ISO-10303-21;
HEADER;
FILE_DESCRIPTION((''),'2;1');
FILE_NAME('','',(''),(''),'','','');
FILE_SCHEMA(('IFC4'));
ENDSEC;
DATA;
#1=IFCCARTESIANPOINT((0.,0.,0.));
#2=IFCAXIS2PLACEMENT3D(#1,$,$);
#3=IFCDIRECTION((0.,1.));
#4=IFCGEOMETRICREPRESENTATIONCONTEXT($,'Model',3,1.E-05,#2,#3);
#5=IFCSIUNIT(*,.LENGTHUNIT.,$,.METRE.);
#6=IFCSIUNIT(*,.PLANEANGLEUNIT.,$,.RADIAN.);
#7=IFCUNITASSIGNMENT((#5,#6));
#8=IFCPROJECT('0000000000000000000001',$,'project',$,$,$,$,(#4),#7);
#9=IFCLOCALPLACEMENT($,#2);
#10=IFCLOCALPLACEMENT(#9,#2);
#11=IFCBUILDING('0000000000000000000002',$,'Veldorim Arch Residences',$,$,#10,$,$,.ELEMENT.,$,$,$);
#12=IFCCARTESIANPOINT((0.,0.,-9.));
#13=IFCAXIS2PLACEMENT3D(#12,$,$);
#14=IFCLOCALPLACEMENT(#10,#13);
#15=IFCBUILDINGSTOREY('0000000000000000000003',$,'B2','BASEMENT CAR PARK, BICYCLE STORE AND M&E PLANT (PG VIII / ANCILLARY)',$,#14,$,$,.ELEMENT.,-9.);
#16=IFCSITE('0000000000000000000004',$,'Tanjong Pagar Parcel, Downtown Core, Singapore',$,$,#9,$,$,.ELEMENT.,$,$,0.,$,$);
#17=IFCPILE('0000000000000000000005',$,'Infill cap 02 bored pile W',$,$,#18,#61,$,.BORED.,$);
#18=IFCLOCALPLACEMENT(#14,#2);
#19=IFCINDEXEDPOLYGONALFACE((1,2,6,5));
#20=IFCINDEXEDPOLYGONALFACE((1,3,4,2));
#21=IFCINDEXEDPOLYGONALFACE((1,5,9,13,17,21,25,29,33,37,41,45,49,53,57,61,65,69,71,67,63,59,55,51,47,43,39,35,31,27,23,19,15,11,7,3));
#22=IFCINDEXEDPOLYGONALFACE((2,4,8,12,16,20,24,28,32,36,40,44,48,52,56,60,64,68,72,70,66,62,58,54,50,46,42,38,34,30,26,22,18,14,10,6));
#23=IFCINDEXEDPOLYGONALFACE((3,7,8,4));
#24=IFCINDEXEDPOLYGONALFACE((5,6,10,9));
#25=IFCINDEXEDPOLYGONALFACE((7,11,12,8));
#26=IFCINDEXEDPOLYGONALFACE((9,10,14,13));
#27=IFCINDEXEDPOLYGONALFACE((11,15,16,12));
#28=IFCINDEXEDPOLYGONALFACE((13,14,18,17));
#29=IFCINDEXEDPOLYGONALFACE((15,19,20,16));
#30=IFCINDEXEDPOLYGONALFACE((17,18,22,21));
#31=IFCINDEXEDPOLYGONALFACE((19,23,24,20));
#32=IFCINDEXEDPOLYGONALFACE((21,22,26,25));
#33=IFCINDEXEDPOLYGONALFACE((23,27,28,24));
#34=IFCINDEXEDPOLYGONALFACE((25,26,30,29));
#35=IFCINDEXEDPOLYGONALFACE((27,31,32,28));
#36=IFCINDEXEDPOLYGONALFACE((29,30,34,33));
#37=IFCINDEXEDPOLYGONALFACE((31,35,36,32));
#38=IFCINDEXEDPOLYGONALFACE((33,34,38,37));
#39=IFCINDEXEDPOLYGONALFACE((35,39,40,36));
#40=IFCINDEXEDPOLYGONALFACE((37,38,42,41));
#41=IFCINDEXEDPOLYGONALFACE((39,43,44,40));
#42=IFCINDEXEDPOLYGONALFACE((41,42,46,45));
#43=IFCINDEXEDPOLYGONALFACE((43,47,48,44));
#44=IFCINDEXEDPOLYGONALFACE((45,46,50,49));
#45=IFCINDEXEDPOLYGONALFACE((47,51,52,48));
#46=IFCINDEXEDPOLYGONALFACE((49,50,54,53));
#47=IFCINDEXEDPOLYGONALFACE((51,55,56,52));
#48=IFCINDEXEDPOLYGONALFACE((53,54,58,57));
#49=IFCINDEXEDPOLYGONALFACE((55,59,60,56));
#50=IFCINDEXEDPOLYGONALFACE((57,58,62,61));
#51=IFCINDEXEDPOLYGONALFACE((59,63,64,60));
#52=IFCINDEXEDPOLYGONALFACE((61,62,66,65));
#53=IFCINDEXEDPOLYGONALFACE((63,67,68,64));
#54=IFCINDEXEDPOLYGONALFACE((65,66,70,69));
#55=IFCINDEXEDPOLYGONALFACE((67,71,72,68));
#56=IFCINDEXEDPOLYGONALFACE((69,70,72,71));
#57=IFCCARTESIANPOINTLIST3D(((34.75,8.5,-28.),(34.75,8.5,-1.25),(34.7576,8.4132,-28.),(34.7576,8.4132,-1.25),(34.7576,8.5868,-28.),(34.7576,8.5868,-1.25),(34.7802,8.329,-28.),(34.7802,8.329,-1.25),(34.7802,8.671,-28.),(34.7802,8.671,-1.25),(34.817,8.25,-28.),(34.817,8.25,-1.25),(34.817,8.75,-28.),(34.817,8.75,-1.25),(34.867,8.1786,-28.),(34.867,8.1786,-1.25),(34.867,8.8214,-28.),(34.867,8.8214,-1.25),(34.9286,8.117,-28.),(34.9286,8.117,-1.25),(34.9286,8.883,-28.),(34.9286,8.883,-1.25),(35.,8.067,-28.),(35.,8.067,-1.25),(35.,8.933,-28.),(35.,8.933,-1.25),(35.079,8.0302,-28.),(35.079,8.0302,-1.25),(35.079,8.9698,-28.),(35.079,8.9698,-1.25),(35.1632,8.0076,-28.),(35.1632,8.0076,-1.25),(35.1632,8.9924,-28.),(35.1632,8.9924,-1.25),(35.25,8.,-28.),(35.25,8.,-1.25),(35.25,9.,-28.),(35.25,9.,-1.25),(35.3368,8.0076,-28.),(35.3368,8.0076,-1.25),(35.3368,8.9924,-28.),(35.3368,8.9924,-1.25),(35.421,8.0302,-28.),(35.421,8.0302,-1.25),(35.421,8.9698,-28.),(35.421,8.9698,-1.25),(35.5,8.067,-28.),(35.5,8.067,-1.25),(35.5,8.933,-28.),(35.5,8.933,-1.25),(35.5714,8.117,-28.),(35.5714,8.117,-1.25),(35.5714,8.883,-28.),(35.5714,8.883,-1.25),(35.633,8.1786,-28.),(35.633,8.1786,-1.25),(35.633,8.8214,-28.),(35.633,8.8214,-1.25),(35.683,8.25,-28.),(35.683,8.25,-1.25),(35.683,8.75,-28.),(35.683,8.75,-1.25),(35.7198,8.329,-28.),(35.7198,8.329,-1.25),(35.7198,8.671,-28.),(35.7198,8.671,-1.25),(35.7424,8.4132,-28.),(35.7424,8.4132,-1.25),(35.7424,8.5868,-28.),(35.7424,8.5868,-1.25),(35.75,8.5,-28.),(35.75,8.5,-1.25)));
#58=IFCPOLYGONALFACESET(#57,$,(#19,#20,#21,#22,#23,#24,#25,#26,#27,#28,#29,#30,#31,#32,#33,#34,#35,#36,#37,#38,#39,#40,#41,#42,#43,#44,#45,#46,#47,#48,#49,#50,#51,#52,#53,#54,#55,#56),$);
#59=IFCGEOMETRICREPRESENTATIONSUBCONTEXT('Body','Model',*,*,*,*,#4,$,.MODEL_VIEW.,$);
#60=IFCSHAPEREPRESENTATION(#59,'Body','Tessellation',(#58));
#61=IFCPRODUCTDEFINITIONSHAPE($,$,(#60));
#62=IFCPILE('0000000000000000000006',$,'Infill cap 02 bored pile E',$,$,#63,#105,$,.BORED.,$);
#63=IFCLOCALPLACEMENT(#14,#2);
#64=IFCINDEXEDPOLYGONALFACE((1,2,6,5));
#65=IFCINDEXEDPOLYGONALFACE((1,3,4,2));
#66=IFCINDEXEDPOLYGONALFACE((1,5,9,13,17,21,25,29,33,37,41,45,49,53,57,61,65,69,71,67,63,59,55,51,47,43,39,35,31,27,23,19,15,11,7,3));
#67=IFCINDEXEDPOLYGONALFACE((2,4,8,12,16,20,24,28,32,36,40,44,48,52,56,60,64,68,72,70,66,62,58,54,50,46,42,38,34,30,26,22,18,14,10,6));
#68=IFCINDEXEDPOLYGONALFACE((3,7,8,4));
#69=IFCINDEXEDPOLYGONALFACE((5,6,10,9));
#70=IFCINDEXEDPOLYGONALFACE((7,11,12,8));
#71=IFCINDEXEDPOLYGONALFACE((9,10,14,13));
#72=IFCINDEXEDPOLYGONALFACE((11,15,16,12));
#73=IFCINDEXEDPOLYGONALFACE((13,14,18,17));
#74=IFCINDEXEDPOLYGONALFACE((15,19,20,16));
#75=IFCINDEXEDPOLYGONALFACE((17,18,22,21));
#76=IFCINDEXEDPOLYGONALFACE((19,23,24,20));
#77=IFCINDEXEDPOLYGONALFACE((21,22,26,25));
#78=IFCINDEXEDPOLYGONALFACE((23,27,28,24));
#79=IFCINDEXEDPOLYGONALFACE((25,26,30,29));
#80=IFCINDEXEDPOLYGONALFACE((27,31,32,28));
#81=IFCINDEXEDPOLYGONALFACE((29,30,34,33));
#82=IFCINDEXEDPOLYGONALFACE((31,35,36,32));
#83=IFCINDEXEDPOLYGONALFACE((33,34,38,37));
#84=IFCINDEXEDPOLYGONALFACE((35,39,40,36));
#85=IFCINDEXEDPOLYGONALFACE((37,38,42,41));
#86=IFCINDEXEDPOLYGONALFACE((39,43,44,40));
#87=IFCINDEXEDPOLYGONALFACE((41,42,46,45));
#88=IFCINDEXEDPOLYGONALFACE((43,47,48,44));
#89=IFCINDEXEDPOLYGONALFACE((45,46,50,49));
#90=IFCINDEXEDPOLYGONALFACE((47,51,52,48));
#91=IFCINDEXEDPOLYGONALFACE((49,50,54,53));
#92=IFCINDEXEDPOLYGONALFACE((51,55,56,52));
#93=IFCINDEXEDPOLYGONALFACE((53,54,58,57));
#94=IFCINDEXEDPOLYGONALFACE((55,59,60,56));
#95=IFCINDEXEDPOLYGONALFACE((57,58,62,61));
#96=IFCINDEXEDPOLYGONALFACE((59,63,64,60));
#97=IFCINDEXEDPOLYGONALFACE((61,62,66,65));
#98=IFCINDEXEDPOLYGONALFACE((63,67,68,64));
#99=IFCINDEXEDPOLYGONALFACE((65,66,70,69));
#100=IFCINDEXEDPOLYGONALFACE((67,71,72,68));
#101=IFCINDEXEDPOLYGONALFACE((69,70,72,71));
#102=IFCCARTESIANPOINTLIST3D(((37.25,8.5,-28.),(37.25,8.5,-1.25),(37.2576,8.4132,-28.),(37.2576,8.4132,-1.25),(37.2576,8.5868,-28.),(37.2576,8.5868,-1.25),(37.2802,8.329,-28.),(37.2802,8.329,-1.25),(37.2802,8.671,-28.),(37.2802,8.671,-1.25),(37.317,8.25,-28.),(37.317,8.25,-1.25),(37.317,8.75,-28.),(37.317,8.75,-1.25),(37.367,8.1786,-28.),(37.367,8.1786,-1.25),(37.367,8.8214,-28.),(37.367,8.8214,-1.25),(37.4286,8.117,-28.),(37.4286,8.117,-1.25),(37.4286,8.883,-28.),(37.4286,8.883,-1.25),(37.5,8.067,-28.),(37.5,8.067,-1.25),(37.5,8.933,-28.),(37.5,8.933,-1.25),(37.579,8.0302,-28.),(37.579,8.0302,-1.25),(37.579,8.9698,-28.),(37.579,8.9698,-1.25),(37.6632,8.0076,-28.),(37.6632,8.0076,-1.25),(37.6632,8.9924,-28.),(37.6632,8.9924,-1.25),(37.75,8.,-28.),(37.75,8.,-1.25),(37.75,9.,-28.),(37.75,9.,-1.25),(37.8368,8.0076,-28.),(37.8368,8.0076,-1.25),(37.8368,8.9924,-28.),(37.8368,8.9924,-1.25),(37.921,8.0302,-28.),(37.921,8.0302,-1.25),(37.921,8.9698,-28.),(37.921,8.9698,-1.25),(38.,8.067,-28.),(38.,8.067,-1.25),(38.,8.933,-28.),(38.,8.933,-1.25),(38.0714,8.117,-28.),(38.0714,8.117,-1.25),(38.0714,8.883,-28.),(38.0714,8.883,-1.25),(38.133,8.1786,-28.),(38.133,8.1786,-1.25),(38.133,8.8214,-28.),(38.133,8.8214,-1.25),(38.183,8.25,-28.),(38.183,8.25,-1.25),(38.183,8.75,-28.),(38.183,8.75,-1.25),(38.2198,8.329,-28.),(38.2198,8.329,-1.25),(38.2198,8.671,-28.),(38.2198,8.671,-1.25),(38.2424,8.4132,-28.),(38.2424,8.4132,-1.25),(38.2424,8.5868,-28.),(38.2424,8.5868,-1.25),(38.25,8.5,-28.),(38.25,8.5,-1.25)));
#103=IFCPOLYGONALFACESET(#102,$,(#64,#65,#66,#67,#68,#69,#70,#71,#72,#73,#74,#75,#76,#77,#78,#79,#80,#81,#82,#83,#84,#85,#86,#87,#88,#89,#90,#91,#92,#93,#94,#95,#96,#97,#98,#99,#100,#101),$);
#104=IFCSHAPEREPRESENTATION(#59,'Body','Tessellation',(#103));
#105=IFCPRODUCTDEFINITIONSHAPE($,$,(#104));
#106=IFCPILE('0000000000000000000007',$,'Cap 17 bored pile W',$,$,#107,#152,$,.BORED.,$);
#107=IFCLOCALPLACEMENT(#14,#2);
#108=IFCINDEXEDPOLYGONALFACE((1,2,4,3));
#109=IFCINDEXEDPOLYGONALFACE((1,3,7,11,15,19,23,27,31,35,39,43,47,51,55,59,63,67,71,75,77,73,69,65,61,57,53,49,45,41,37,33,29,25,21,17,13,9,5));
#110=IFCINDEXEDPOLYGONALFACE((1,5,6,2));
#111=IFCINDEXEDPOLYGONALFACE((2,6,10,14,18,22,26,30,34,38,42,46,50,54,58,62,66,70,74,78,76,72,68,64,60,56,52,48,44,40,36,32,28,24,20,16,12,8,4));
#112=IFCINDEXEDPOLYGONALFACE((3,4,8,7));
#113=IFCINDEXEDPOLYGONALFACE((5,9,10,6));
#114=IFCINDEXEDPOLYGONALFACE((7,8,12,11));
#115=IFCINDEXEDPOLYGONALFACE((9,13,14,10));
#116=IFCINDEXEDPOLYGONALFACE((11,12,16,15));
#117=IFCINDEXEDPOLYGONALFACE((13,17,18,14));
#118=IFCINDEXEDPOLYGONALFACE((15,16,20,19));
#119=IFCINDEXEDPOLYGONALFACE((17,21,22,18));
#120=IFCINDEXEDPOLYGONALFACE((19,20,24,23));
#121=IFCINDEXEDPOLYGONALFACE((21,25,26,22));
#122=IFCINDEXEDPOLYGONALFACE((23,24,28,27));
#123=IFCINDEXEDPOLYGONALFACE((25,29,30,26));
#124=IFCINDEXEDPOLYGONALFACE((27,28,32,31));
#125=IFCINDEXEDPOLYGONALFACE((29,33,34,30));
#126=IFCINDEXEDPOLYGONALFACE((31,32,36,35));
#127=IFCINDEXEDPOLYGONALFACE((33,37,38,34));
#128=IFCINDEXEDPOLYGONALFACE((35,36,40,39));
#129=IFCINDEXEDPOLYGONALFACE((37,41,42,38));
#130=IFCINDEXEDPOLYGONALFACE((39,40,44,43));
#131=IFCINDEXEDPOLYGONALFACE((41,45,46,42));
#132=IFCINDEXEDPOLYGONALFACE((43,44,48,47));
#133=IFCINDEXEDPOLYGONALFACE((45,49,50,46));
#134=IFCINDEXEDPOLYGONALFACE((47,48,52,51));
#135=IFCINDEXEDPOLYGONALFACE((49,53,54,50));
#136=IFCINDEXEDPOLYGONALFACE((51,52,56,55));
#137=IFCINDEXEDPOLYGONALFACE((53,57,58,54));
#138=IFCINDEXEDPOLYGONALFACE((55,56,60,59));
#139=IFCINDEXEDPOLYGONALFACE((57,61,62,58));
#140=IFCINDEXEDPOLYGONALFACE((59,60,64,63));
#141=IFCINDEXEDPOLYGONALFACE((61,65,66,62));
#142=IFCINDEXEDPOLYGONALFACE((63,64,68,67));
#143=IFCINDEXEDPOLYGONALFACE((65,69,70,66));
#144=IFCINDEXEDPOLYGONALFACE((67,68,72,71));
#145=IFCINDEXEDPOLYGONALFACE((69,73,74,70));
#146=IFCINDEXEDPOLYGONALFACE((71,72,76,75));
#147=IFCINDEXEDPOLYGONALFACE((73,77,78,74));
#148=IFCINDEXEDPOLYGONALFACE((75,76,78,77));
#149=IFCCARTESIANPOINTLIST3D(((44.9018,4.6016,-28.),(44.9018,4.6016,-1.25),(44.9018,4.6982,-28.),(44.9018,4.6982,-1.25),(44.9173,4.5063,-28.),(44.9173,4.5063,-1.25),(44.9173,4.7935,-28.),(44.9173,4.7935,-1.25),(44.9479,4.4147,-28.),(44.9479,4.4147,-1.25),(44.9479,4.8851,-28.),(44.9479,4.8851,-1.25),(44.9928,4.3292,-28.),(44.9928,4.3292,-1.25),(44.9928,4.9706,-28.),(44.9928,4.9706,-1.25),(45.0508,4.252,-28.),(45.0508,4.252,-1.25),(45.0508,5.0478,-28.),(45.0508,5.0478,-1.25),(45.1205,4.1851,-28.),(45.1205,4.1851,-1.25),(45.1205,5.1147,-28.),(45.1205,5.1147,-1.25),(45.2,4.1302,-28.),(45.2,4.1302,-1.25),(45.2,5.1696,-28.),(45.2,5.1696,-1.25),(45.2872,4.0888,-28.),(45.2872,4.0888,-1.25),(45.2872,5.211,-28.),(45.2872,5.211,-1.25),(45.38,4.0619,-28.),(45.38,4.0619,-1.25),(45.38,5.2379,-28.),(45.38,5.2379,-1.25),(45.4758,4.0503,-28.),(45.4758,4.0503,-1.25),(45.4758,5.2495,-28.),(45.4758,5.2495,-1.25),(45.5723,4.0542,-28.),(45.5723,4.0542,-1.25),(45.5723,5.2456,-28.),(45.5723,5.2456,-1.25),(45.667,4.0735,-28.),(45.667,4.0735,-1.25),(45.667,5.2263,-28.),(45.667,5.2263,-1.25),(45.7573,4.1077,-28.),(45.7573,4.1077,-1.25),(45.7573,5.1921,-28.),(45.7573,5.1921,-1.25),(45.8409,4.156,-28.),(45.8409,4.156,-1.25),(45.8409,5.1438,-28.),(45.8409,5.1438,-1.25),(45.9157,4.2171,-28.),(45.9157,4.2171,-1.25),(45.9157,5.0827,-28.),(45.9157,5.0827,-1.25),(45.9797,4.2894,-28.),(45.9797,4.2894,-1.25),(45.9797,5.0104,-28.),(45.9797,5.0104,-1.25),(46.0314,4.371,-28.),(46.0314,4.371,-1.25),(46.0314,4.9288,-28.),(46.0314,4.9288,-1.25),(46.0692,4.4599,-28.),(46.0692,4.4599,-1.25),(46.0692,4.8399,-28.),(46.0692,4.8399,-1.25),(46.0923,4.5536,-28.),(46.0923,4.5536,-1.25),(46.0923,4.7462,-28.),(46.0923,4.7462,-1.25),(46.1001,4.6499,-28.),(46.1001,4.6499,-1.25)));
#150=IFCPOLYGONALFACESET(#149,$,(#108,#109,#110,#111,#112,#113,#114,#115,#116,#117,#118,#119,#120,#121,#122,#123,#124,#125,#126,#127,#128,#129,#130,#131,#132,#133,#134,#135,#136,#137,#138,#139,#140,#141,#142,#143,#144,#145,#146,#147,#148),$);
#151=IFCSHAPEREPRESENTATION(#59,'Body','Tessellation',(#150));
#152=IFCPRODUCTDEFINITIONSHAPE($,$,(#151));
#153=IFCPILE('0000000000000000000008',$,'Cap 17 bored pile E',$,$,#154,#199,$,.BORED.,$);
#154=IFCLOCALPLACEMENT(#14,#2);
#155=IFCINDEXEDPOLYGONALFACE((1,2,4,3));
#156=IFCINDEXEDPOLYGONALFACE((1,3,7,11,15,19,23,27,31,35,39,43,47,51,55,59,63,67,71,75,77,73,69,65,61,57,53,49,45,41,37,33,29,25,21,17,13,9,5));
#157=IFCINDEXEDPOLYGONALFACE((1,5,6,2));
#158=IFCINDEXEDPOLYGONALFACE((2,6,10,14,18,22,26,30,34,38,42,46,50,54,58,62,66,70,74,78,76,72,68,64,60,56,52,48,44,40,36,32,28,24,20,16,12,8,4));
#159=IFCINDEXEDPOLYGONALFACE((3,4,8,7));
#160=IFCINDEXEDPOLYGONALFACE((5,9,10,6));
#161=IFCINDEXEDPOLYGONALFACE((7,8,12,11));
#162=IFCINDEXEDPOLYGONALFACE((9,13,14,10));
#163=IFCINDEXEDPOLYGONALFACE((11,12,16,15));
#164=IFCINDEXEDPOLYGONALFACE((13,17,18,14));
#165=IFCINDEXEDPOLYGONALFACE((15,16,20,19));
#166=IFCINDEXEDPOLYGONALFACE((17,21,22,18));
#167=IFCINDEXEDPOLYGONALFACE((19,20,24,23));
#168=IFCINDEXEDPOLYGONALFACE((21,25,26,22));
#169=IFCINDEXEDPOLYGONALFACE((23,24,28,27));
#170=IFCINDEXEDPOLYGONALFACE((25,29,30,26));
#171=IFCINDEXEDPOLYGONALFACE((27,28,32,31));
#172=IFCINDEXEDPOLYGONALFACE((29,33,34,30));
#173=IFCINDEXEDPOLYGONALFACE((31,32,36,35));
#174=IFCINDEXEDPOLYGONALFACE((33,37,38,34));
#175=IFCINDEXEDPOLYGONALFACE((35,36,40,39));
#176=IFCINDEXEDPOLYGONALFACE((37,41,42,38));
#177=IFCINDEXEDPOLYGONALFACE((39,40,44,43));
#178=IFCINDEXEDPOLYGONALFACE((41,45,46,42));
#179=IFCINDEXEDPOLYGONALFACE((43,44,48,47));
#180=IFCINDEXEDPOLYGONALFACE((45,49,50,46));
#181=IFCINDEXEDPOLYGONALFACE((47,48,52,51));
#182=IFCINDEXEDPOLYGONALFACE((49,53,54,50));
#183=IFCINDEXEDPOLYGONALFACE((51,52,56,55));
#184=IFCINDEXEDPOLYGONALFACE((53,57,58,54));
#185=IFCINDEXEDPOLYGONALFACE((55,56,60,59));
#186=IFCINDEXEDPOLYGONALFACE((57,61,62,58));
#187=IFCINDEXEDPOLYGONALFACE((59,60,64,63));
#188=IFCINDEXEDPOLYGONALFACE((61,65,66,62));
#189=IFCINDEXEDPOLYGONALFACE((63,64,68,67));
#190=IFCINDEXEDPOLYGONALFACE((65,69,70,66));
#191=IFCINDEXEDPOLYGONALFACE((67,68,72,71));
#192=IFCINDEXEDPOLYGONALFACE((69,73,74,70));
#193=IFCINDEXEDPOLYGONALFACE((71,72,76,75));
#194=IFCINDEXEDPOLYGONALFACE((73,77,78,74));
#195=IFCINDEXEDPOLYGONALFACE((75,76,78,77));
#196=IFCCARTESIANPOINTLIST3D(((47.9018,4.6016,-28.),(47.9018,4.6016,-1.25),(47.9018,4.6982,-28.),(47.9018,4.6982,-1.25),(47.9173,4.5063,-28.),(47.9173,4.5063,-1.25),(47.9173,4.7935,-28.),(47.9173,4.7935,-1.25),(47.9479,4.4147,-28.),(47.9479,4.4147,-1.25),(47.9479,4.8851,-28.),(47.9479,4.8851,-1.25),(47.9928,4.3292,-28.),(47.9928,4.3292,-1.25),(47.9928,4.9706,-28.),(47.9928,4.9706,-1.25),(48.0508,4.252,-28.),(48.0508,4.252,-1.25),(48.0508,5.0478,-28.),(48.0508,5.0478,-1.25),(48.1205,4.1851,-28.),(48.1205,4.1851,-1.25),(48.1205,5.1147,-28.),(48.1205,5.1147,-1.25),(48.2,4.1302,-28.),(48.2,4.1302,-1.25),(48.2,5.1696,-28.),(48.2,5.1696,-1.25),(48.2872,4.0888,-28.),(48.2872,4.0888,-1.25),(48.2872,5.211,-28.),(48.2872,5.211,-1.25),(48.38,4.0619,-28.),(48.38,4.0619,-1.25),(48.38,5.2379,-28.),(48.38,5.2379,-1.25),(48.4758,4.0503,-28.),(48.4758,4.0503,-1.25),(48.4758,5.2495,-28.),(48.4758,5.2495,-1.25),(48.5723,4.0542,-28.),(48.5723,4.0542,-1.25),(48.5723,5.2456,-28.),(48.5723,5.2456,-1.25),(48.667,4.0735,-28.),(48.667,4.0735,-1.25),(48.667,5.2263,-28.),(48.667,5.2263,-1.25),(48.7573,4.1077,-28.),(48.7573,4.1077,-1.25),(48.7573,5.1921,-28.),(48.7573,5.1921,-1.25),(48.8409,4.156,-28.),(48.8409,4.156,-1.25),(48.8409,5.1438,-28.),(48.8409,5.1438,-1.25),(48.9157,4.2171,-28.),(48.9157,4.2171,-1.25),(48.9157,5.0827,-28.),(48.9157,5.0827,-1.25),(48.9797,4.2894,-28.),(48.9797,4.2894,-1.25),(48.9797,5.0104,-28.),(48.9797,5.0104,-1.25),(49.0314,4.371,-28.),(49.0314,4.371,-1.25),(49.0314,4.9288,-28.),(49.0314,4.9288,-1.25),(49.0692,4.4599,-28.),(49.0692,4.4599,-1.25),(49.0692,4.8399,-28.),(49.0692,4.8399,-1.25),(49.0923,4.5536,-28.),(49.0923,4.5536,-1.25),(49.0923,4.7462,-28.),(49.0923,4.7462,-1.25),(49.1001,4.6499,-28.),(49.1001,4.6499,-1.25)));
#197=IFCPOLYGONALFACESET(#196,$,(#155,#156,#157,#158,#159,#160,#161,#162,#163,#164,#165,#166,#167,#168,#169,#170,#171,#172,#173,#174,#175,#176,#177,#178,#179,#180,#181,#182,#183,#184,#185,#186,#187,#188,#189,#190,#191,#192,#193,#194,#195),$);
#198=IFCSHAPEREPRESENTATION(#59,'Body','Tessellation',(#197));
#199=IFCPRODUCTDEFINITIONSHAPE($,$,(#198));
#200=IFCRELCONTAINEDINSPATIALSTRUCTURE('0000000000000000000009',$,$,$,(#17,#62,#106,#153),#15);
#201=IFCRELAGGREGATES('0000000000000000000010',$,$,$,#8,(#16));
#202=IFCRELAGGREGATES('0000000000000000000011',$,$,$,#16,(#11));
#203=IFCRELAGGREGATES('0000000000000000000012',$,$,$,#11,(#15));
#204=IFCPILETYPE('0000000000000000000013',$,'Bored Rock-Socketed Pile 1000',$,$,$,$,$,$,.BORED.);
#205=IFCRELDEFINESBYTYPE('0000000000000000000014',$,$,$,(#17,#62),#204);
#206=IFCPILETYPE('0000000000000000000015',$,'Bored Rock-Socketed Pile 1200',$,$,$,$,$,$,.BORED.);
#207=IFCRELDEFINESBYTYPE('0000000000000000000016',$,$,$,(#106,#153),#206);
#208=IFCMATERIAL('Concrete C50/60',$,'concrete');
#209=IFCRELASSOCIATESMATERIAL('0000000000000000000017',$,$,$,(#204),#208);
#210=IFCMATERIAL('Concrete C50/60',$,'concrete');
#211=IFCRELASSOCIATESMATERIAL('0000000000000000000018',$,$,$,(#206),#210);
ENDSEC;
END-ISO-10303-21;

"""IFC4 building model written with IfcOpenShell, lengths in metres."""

from ifc_helpers import new_model, si_unit, direction, frame, origin, origin_2d, place, context, subcontext, project, spatial, circle, extrude, material, material_profile, profile_set, type_object, element, save


model = new_model("IFC4")

# Units and contexts
model_context = context("Model", 3, precision=1e-05, world=origin(), true_north=direction((0.0, 1.0)))
body_context = subcontext(model_context, "Body", "Model", "MODEL_VIEW")
ifc_project = project(units=[si_unit("LENGTHUNIT", "METRE"), si_unit("PLANEANGLEUNIT", "RADIAN")], contexts=[model_context])

# Site, building, storey
site_placement = place(None, origin())
site = spatial("IfcSite", under=ifc_project, at=site_placement, Name="Tanjong Pagar Parcel, Downtown Core, Singapore", CompositionType="ELEMENT", RefElevation=0.0)
building_placement = place(site_placement, origin())
building = spatial("IfcBuilding", under=site, at=building_placement, Name="Veldorim Arch Residences", CompositionType="ELEMENT")
storey_placement = place(building_placement, frame((0.0, 0.0, -9.0)))
storey = spatial("IfcBuildingStorey", under=building, at=storey_placement, Name="B2", Description="BASEMENT CAR PARK, BICYCLE STORE AND M&E PLANT (PG VIII / ANCILLARY)", CompositionType="ELEMENT", Elevation=-9.0)

# Piles
ifc_material_1 = material(Name="Concrete C50/60", Category="concrete")
ifc_material_profile_1 = material_profile(ifc_material_1, circle(Radius=0.5, at=origin_2d()), Name="PILE_1000")
ifc_profile_set_1 = profile_set([ifc_material_profile_1], Name="Concrete C50/60")
pile_type_1 = type_object("IfcPileType", Name="Bored Rock-Socketed Pile 1000", PredefinedType="BORED", material=ifc_profile_set_1)
for number, where, z_axis, x_axis, name in (
    (1, (35.25, 8.5, -1.25), (0.0, 0.0, -1.0), (1.0, 0.0, 0.0), "Infill cap 02 bored pile W"),
    (2, (37.75, 8.5, -1.25), (0.0, 0.0, -1.0), (1.0, 0.0, 0.0), "Infill cap 02 bored pile E"),
):
    element("IfcPile", number, at=place(storey_placement, frame(where, z_axis=z_axis, x_axis=x_axis)), inside=storey, type_object=pile_type_1, Name=name, PredefinedType="BORED", context=body_context, shape_type="SweptSolid", body=[
        extrude(circle(Radius=0.5, at=origin_2d()), origin(), (0.0, 0.0, 1.0), 26.75),
    ])
ifc_material_2 = material(Name="Concrete C50/60", Category="concrete")
ifc_material_profile_2 = material_profile(ifc_material_2, circle(Radius=0.6001, at=origin_2d()), Name="PILE_1200")
ifc_profile_set_2 = profile_set([ifc_material_profile_2], Name="Concrete C50/60")
pile_type_2 = type_object("IfcPileType", Name="Bored Rock-Socketed Pile 1200", PredefinedType="BORED", material=ifc_profile_set_2)
for number, where, z_axis, x_axis, name in (
    (3, (45.5, 4.6499, -1.25), (0.0, 0.0, -1.0), (1.0, 0.0, 0.0), "Cap 17 bored pile W"),
    (4, (48.5, 4.6499, -1.25), (0.0, 0.0, -1.0), (1.0, 0.0, 0.0), "Cap 17 bored pile E"),
):
    element("IfcPile", number, at=place(storey_placement, frame(where, z_axis=z_axis, x_axis=x_axis)), inside=storey, type_object=pile_type_2, Name=name, PredefinedType="BORED", context=body_context, shape_type="SweptSolid", body=[
        extrude(circle(Radius=0.6001, at=origin_2d()), origin(), (0.0, 0.0, 1.0), 26.75),
    ])

save(model, "model.ifc")
